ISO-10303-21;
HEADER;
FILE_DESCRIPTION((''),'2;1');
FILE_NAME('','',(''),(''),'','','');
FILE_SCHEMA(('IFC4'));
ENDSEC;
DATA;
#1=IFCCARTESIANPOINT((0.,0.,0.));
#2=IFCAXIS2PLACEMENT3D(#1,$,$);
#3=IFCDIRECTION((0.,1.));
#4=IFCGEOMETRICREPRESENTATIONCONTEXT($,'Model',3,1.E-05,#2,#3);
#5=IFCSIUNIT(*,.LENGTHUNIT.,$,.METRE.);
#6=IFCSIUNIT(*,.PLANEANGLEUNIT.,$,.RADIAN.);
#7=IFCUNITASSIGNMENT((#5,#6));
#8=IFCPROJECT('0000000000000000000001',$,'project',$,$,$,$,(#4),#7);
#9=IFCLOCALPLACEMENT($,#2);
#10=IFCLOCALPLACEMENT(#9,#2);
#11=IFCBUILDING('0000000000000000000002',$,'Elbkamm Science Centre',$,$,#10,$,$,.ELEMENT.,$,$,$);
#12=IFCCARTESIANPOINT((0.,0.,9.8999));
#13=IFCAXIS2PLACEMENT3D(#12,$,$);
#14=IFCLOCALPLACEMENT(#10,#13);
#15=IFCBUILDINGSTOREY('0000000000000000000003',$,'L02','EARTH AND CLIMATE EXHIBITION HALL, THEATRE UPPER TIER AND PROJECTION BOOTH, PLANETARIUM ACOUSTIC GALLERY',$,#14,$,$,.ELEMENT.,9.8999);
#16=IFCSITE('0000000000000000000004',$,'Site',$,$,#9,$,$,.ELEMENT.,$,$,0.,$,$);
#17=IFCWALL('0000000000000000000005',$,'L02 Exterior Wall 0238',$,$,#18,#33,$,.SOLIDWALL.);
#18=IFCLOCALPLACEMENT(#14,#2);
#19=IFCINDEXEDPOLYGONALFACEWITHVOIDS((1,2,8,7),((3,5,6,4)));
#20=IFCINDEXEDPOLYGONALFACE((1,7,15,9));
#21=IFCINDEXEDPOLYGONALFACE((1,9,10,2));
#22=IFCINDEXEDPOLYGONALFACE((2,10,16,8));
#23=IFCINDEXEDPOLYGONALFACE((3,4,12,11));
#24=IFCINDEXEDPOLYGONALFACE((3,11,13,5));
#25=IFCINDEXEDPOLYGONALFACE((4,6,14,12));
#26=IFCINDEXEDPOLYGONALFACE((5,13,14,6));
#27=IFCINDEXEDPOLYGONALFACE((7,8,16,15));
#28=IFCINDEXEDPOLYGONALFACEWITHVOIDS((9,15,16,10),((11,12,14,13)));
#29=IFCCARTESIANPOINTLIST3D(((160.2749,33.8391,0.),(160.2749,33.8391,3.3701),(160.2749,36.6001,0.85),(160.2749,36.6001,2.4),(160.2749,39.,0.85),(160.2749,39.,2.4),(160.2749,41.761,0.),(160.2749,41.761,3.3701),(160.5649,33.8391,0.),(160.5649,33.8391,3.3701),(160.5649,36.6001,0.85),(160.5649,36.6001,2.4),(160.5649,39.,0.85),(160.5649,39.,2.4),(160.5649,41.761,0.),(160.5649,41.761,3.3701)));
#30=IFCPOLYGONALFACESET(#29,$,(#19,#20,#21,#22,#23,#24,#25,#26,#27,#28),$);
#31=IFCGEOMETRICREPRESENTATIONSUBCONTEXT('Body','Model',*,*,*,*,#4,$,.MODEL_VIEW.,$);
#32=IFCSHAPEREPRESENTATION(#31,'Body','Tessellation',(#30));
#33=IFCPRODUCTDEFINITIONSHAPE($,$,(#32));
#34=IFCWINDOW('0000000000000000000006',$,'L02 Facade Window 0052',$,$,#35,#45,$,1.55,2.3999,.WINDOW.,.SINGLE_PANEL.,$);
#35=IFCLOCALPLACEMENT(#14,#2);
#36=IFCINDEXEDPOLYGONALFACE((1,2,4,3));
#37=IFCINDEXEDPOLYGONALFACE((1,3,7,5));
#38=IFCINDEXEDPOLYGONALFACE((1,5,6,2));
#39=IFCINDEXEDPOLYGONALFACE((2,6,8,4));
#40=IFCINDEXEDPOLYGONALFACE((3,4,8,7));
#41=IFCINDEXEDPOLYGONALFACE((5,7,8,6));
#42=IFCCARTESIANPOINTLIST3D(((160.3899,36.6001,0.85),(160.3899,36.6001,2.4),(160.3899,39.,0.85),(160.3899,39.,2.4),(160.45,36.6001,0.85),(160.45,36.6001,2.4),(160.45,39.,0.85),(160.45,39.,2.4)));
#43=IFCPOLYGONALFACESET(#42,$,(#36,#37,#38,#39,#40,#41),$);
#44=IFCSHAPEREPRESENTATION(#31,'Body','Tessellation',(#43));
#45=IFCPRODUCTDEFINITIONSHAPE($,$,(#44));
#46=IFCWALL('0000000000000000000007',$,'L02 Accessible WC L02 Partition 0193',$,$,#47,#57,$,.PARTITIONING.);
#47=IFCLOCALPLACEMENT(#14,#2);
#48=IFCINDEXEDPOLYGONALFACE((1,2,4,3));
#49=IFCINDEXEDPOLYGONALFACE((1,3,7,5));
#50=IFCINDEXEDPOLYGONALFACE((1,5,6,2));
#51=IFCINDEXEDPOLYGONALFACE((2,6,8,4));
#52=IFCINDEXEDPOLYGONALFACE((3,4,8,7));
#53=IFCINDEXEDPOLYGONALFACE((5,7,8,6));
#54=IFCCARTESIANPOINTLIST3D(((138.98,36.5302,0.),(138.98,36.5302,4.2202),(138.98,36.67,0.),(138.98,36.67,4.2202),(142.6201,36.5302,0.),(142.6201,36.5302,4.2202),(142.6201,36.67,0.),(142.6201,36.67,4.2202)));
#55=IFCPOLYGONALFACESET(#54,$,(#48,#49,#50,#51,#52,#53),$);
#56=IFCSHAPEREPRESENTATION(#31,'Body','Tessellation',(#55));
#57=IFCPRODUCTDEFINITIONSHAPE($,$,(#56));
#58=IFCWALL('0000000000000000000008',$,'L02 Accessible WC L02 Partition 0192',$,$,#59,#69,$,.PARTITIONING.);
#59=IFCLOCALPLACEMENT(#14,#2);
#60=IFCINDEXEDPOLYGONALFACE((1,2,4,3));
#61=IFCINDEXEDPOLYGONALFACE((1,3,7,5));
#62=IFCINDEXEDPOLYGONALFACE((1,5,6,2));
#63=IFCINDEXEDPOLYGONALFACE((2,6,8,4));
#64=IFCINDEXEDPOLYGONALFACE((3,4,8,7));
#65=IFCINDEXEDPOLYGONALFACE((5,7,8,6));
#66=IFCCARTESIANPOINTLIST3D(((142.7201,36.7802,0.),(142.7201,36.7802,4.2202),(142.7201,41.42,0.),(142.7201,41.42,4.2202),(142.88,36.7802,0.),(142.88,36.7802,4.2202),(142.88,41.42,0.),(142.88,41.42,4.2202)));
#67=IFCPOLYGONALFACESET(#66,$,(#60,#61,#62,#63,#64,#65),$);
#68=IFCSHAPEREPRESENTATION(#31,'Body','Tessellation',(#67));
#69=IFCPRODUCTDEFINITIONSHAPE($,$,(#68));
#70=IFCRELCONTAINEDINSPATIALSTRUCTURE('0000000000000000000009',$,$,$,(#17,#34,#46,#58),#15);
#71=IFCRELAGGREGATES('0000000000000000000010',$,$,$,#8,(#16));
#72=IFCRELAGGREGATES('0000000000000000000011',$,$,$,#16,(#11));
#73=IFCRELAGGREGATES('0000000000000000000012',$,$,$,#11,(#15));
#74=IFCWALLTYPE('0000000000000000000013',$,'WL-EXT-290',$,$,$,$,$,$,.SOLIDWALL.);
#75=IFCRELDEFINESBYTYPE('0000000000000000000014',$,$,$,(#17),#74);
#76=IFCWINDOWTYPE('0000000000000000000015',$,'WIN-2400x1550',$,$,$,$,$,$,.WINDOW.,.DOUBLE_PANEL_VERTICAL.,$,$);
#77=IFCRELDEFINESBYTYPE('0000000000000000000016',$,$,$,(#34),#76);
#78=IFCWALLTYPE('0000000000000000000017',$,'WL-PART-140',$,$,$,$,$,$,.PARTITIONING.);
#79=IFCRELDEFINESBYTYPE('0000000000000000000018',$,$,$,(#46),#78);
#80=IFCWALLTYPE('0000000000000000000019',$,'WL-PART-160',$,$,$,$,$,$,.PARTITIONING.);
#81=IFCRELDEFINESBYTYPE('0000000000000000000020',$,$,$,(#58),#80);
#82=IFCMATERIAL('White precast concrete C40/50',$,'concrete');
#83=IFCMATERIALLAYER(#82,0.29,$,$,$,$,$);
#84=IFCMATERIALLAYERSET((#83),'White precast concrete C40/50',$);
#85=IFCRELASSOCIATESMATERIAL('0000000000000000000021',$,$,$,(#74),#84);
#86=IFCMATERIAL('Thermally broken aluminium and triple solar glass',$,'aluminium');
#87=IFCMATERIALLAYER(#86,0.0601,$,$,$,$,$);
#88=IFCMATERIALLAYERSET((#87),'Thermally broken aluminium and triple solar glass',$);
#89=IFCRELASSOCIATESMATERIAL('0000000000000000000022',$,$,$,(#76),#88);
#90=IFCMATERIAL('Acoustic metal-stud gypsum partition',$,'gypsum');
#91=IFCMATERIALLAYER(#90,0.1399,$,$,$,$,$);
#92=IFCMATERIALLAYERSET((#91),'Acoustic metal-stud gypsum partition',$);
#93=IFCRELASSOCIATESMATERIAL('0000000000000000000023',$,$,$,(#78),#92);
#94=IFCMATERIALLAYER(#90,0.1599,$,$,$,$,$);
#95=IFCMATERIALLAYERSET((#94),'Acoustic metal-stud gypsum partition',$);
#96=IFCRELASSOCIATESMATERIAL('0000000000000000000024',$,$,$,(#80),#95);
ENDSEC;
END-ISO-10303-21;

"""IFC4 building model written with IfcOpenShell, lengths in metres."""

from ifc_helpers import new_model, si_unit, direction, frame, frame_2d, origin, place, context, subcontext, project, spatial, rectangle, extrude, material, layer, layer_set, type_object, element, fill, save


model = new_model("IFC4")

# Units and contexts
model_context = context("Model", 3, precision=1e-05, world=origin(), true_north=direction((0.0, 1.0)))
body_context = subcontext(model_context, "Body", "Model", "MODEL_VIEW")
ifc_project = project(units=[si_unit("LENGTHUNIT", "METRE"), si_unit("PLANEANGLEUNIT", "RADIAN")], contexts=[model_context])

# Site, building, storey
site_placement = place(None, origin())
site = spatial("IfcSite", under=ifc_project, at=site_placement, Name="Site", CompositionType="ELEMENT", RefElevation=0.0)
building_placement = place(site_placement, origin())
building = spatial("IfcBuilding", under=site, at=building_placement, Name="Elbkamm Science Centre", CompositionType="ELEMENT")
storey_placement = place(building_placement, frame((0.0, 0.0, 9.8999)))
storey = spatial("IfcBuildingStorey", under=building, at=storey_placement, Name="L02", Description="EARTH AND CLIMATE EXHIBITION HALL, THEATRE UPPER TIER AND PROJECTION BOOTH, PLANETARIUM ACOUSTIC GALLERY", CompositionType="ELEMENT", Elevation=9.8999)

# Wall, opening, window
ifc_material_1 = material(Name="White precast concrete C40/50", Category="concrete")
ifc_layer_1 = layer(ifc_material_1, 0.29)
ifc_layer_set_1 = layer_set([ifc_layer_1], Name="White precast concrete C40/50")
wall_type_1 = type_object("IfcWallType", Name="WL-EXT-290", PredefinedType="SOLIDWALL", material=ifc_layer_set_1)
wall_1_placement = place(storey_placement, frame((160.4199, 41.761, 0.0), z_axis=(0.0, 0.0, 1.0), x_axis=(0.0, -1.0, 0.0)))
wall_1 = element("IfcWall", 1, at=wall_1_placement, inside=storey, type_object=wall_type_1, Name="L02 Exterior Wall 0238", PredefinedType="SOLIDWALL", context=body_context, shape_type="SweptSolid", body=[
    extrude(rectangle(XDim=7.9219, YDim=0.29, at=frame_2d((3.9609, 0.0))), origin(), (0.0, 0.0, 1.0), 3.3701),
])
opening_placement = place(wall_1_placement, frame((2.761, 0.0, 0.8501)))
opening = element("IfcOpeningElement", 2, at=opening_placement, cuts=wall_1, PredefinedType="OPENING", context=body_context, shape_type="SweptSolid", body=[
    extrude(rectangle(XDim=2.3999, YDim=1.55, at=frame_2d((1.2, 0.7749))), frame((0.0, 0.157, 0.0), z_axis=(0.0, -1.0, 0.0), x_axis=(1.0, 0.0, 0.0)), (0.0, 0.0, 1.0), 0.314),
])
ifc_material_2 = material(Name="Thermally broken aluminium and triple solar glass", Category="aluminium")
ifc_layer_2 = layer(ifc_material_2, 0.0601)
ifc_layer_set_2 = layer_set([ifc_layer_2], Name="Thermally broken aluminium and triple solar glass")
window_type = type_object("IfcWindowType", Name="WIN-2400x1550", PartitioningType="DOUBLE_PANEL_VERTICAL", PredefinedType="WINDOW", material=ifc_layer_set_2)
window_placement = place(opening_placement, origin())
window = element("IfcWindow", 3, at=window_placement, inside=storey, type_object=window_type, Name="L02 Facade Window 0052", OverallHeight=1.55, OverallWidth=2.3999, PartitioningType="SINGLE_PANEL", PredefinedType="WINDOW", context=body_context, shape_type="SweptSolid", body=[
    extrude(rectangle(XDim=2.3999, YDim=1.55, at=frame_2d((1.2, 0.7749))), frame((0.0, 0.03, 0.0), z_axis=(0.0, -1.0, 0.0), x_axis=(1.0, 0.0, 0.0)), (0.0, 0.0, 1.0), 0.0601),
])
fill(opening, window)

# Walls
ifc_material_3 = material(Name="Acoustic metal-stud gypsum partition", Category="gypsum")
ifc_layer_3 = layer(ifc_material_3, 0.1399)
ifc_layer_set_3 = layer_set([ifc_layer_3], Name="Acoustic metal-stud gypsum partition")
wall_type_2 = type_object("IfcWallType", Name="WL-PART-140", PredefinedType="PARTITIONING", material=ifc_layer_set_3)
wall_2_placement = place(storey_placement, frame((142.6201, 36.6001, 0.0), z_axis=(0.0, 0.0, 1.0), x_axis=(-1.0, 0.0, 0.0)))
element("IfcWall", 4, at=wall_2_placement, inside=storey, type_object=wall_type_2, Name="L02 Accessible WC L02 Partition 0193", PredefinedType="PARTITIONING", context=body_context, shape_type="SweptSolid", body=[
    extrude(rectangle(XDim=3.6401, YDim=0.1399, at=frame_2d((1.8201, 0.0))), origin(), (0.0, 0.0, 1.0), 4.2202),
])
ifc_layer_4 = layer(ifc_material_3, 0.1599)
ifc_layer_set_4 = layer_set([ifc_layer_4], Name="Acoustic metal-stud gypsum partition")
wall_type_3 = type_object("IfcWallType", Name="WL-PART-160", PredefinedType="PARTITIONING", material=ifc_layer_set_4)
wall_3_placement = place(storey_placement, frame((142.8, 41.4199, 0.0), z_axis=(0.0, 0.0, 1.0), x_axis=(0.0, -1.0, 0.0)))
element("IfcWall", 5, at=wall_3_placement, inside=storey, type_object=wall_type_3, Name="L02 Accessible WC L02 Partition 0192", PredefinedType="PARTITIONING", context=body_context, shape_type="SweptSolid", body=[
    extrude(rectangle(XDim=4.6399, YDim=0.1599, at=frame_2d((2.3198, 0.0))), origin(), (0.0, 0.0, 1.0), 4.2202),
])

save(model, "model.ifc")
